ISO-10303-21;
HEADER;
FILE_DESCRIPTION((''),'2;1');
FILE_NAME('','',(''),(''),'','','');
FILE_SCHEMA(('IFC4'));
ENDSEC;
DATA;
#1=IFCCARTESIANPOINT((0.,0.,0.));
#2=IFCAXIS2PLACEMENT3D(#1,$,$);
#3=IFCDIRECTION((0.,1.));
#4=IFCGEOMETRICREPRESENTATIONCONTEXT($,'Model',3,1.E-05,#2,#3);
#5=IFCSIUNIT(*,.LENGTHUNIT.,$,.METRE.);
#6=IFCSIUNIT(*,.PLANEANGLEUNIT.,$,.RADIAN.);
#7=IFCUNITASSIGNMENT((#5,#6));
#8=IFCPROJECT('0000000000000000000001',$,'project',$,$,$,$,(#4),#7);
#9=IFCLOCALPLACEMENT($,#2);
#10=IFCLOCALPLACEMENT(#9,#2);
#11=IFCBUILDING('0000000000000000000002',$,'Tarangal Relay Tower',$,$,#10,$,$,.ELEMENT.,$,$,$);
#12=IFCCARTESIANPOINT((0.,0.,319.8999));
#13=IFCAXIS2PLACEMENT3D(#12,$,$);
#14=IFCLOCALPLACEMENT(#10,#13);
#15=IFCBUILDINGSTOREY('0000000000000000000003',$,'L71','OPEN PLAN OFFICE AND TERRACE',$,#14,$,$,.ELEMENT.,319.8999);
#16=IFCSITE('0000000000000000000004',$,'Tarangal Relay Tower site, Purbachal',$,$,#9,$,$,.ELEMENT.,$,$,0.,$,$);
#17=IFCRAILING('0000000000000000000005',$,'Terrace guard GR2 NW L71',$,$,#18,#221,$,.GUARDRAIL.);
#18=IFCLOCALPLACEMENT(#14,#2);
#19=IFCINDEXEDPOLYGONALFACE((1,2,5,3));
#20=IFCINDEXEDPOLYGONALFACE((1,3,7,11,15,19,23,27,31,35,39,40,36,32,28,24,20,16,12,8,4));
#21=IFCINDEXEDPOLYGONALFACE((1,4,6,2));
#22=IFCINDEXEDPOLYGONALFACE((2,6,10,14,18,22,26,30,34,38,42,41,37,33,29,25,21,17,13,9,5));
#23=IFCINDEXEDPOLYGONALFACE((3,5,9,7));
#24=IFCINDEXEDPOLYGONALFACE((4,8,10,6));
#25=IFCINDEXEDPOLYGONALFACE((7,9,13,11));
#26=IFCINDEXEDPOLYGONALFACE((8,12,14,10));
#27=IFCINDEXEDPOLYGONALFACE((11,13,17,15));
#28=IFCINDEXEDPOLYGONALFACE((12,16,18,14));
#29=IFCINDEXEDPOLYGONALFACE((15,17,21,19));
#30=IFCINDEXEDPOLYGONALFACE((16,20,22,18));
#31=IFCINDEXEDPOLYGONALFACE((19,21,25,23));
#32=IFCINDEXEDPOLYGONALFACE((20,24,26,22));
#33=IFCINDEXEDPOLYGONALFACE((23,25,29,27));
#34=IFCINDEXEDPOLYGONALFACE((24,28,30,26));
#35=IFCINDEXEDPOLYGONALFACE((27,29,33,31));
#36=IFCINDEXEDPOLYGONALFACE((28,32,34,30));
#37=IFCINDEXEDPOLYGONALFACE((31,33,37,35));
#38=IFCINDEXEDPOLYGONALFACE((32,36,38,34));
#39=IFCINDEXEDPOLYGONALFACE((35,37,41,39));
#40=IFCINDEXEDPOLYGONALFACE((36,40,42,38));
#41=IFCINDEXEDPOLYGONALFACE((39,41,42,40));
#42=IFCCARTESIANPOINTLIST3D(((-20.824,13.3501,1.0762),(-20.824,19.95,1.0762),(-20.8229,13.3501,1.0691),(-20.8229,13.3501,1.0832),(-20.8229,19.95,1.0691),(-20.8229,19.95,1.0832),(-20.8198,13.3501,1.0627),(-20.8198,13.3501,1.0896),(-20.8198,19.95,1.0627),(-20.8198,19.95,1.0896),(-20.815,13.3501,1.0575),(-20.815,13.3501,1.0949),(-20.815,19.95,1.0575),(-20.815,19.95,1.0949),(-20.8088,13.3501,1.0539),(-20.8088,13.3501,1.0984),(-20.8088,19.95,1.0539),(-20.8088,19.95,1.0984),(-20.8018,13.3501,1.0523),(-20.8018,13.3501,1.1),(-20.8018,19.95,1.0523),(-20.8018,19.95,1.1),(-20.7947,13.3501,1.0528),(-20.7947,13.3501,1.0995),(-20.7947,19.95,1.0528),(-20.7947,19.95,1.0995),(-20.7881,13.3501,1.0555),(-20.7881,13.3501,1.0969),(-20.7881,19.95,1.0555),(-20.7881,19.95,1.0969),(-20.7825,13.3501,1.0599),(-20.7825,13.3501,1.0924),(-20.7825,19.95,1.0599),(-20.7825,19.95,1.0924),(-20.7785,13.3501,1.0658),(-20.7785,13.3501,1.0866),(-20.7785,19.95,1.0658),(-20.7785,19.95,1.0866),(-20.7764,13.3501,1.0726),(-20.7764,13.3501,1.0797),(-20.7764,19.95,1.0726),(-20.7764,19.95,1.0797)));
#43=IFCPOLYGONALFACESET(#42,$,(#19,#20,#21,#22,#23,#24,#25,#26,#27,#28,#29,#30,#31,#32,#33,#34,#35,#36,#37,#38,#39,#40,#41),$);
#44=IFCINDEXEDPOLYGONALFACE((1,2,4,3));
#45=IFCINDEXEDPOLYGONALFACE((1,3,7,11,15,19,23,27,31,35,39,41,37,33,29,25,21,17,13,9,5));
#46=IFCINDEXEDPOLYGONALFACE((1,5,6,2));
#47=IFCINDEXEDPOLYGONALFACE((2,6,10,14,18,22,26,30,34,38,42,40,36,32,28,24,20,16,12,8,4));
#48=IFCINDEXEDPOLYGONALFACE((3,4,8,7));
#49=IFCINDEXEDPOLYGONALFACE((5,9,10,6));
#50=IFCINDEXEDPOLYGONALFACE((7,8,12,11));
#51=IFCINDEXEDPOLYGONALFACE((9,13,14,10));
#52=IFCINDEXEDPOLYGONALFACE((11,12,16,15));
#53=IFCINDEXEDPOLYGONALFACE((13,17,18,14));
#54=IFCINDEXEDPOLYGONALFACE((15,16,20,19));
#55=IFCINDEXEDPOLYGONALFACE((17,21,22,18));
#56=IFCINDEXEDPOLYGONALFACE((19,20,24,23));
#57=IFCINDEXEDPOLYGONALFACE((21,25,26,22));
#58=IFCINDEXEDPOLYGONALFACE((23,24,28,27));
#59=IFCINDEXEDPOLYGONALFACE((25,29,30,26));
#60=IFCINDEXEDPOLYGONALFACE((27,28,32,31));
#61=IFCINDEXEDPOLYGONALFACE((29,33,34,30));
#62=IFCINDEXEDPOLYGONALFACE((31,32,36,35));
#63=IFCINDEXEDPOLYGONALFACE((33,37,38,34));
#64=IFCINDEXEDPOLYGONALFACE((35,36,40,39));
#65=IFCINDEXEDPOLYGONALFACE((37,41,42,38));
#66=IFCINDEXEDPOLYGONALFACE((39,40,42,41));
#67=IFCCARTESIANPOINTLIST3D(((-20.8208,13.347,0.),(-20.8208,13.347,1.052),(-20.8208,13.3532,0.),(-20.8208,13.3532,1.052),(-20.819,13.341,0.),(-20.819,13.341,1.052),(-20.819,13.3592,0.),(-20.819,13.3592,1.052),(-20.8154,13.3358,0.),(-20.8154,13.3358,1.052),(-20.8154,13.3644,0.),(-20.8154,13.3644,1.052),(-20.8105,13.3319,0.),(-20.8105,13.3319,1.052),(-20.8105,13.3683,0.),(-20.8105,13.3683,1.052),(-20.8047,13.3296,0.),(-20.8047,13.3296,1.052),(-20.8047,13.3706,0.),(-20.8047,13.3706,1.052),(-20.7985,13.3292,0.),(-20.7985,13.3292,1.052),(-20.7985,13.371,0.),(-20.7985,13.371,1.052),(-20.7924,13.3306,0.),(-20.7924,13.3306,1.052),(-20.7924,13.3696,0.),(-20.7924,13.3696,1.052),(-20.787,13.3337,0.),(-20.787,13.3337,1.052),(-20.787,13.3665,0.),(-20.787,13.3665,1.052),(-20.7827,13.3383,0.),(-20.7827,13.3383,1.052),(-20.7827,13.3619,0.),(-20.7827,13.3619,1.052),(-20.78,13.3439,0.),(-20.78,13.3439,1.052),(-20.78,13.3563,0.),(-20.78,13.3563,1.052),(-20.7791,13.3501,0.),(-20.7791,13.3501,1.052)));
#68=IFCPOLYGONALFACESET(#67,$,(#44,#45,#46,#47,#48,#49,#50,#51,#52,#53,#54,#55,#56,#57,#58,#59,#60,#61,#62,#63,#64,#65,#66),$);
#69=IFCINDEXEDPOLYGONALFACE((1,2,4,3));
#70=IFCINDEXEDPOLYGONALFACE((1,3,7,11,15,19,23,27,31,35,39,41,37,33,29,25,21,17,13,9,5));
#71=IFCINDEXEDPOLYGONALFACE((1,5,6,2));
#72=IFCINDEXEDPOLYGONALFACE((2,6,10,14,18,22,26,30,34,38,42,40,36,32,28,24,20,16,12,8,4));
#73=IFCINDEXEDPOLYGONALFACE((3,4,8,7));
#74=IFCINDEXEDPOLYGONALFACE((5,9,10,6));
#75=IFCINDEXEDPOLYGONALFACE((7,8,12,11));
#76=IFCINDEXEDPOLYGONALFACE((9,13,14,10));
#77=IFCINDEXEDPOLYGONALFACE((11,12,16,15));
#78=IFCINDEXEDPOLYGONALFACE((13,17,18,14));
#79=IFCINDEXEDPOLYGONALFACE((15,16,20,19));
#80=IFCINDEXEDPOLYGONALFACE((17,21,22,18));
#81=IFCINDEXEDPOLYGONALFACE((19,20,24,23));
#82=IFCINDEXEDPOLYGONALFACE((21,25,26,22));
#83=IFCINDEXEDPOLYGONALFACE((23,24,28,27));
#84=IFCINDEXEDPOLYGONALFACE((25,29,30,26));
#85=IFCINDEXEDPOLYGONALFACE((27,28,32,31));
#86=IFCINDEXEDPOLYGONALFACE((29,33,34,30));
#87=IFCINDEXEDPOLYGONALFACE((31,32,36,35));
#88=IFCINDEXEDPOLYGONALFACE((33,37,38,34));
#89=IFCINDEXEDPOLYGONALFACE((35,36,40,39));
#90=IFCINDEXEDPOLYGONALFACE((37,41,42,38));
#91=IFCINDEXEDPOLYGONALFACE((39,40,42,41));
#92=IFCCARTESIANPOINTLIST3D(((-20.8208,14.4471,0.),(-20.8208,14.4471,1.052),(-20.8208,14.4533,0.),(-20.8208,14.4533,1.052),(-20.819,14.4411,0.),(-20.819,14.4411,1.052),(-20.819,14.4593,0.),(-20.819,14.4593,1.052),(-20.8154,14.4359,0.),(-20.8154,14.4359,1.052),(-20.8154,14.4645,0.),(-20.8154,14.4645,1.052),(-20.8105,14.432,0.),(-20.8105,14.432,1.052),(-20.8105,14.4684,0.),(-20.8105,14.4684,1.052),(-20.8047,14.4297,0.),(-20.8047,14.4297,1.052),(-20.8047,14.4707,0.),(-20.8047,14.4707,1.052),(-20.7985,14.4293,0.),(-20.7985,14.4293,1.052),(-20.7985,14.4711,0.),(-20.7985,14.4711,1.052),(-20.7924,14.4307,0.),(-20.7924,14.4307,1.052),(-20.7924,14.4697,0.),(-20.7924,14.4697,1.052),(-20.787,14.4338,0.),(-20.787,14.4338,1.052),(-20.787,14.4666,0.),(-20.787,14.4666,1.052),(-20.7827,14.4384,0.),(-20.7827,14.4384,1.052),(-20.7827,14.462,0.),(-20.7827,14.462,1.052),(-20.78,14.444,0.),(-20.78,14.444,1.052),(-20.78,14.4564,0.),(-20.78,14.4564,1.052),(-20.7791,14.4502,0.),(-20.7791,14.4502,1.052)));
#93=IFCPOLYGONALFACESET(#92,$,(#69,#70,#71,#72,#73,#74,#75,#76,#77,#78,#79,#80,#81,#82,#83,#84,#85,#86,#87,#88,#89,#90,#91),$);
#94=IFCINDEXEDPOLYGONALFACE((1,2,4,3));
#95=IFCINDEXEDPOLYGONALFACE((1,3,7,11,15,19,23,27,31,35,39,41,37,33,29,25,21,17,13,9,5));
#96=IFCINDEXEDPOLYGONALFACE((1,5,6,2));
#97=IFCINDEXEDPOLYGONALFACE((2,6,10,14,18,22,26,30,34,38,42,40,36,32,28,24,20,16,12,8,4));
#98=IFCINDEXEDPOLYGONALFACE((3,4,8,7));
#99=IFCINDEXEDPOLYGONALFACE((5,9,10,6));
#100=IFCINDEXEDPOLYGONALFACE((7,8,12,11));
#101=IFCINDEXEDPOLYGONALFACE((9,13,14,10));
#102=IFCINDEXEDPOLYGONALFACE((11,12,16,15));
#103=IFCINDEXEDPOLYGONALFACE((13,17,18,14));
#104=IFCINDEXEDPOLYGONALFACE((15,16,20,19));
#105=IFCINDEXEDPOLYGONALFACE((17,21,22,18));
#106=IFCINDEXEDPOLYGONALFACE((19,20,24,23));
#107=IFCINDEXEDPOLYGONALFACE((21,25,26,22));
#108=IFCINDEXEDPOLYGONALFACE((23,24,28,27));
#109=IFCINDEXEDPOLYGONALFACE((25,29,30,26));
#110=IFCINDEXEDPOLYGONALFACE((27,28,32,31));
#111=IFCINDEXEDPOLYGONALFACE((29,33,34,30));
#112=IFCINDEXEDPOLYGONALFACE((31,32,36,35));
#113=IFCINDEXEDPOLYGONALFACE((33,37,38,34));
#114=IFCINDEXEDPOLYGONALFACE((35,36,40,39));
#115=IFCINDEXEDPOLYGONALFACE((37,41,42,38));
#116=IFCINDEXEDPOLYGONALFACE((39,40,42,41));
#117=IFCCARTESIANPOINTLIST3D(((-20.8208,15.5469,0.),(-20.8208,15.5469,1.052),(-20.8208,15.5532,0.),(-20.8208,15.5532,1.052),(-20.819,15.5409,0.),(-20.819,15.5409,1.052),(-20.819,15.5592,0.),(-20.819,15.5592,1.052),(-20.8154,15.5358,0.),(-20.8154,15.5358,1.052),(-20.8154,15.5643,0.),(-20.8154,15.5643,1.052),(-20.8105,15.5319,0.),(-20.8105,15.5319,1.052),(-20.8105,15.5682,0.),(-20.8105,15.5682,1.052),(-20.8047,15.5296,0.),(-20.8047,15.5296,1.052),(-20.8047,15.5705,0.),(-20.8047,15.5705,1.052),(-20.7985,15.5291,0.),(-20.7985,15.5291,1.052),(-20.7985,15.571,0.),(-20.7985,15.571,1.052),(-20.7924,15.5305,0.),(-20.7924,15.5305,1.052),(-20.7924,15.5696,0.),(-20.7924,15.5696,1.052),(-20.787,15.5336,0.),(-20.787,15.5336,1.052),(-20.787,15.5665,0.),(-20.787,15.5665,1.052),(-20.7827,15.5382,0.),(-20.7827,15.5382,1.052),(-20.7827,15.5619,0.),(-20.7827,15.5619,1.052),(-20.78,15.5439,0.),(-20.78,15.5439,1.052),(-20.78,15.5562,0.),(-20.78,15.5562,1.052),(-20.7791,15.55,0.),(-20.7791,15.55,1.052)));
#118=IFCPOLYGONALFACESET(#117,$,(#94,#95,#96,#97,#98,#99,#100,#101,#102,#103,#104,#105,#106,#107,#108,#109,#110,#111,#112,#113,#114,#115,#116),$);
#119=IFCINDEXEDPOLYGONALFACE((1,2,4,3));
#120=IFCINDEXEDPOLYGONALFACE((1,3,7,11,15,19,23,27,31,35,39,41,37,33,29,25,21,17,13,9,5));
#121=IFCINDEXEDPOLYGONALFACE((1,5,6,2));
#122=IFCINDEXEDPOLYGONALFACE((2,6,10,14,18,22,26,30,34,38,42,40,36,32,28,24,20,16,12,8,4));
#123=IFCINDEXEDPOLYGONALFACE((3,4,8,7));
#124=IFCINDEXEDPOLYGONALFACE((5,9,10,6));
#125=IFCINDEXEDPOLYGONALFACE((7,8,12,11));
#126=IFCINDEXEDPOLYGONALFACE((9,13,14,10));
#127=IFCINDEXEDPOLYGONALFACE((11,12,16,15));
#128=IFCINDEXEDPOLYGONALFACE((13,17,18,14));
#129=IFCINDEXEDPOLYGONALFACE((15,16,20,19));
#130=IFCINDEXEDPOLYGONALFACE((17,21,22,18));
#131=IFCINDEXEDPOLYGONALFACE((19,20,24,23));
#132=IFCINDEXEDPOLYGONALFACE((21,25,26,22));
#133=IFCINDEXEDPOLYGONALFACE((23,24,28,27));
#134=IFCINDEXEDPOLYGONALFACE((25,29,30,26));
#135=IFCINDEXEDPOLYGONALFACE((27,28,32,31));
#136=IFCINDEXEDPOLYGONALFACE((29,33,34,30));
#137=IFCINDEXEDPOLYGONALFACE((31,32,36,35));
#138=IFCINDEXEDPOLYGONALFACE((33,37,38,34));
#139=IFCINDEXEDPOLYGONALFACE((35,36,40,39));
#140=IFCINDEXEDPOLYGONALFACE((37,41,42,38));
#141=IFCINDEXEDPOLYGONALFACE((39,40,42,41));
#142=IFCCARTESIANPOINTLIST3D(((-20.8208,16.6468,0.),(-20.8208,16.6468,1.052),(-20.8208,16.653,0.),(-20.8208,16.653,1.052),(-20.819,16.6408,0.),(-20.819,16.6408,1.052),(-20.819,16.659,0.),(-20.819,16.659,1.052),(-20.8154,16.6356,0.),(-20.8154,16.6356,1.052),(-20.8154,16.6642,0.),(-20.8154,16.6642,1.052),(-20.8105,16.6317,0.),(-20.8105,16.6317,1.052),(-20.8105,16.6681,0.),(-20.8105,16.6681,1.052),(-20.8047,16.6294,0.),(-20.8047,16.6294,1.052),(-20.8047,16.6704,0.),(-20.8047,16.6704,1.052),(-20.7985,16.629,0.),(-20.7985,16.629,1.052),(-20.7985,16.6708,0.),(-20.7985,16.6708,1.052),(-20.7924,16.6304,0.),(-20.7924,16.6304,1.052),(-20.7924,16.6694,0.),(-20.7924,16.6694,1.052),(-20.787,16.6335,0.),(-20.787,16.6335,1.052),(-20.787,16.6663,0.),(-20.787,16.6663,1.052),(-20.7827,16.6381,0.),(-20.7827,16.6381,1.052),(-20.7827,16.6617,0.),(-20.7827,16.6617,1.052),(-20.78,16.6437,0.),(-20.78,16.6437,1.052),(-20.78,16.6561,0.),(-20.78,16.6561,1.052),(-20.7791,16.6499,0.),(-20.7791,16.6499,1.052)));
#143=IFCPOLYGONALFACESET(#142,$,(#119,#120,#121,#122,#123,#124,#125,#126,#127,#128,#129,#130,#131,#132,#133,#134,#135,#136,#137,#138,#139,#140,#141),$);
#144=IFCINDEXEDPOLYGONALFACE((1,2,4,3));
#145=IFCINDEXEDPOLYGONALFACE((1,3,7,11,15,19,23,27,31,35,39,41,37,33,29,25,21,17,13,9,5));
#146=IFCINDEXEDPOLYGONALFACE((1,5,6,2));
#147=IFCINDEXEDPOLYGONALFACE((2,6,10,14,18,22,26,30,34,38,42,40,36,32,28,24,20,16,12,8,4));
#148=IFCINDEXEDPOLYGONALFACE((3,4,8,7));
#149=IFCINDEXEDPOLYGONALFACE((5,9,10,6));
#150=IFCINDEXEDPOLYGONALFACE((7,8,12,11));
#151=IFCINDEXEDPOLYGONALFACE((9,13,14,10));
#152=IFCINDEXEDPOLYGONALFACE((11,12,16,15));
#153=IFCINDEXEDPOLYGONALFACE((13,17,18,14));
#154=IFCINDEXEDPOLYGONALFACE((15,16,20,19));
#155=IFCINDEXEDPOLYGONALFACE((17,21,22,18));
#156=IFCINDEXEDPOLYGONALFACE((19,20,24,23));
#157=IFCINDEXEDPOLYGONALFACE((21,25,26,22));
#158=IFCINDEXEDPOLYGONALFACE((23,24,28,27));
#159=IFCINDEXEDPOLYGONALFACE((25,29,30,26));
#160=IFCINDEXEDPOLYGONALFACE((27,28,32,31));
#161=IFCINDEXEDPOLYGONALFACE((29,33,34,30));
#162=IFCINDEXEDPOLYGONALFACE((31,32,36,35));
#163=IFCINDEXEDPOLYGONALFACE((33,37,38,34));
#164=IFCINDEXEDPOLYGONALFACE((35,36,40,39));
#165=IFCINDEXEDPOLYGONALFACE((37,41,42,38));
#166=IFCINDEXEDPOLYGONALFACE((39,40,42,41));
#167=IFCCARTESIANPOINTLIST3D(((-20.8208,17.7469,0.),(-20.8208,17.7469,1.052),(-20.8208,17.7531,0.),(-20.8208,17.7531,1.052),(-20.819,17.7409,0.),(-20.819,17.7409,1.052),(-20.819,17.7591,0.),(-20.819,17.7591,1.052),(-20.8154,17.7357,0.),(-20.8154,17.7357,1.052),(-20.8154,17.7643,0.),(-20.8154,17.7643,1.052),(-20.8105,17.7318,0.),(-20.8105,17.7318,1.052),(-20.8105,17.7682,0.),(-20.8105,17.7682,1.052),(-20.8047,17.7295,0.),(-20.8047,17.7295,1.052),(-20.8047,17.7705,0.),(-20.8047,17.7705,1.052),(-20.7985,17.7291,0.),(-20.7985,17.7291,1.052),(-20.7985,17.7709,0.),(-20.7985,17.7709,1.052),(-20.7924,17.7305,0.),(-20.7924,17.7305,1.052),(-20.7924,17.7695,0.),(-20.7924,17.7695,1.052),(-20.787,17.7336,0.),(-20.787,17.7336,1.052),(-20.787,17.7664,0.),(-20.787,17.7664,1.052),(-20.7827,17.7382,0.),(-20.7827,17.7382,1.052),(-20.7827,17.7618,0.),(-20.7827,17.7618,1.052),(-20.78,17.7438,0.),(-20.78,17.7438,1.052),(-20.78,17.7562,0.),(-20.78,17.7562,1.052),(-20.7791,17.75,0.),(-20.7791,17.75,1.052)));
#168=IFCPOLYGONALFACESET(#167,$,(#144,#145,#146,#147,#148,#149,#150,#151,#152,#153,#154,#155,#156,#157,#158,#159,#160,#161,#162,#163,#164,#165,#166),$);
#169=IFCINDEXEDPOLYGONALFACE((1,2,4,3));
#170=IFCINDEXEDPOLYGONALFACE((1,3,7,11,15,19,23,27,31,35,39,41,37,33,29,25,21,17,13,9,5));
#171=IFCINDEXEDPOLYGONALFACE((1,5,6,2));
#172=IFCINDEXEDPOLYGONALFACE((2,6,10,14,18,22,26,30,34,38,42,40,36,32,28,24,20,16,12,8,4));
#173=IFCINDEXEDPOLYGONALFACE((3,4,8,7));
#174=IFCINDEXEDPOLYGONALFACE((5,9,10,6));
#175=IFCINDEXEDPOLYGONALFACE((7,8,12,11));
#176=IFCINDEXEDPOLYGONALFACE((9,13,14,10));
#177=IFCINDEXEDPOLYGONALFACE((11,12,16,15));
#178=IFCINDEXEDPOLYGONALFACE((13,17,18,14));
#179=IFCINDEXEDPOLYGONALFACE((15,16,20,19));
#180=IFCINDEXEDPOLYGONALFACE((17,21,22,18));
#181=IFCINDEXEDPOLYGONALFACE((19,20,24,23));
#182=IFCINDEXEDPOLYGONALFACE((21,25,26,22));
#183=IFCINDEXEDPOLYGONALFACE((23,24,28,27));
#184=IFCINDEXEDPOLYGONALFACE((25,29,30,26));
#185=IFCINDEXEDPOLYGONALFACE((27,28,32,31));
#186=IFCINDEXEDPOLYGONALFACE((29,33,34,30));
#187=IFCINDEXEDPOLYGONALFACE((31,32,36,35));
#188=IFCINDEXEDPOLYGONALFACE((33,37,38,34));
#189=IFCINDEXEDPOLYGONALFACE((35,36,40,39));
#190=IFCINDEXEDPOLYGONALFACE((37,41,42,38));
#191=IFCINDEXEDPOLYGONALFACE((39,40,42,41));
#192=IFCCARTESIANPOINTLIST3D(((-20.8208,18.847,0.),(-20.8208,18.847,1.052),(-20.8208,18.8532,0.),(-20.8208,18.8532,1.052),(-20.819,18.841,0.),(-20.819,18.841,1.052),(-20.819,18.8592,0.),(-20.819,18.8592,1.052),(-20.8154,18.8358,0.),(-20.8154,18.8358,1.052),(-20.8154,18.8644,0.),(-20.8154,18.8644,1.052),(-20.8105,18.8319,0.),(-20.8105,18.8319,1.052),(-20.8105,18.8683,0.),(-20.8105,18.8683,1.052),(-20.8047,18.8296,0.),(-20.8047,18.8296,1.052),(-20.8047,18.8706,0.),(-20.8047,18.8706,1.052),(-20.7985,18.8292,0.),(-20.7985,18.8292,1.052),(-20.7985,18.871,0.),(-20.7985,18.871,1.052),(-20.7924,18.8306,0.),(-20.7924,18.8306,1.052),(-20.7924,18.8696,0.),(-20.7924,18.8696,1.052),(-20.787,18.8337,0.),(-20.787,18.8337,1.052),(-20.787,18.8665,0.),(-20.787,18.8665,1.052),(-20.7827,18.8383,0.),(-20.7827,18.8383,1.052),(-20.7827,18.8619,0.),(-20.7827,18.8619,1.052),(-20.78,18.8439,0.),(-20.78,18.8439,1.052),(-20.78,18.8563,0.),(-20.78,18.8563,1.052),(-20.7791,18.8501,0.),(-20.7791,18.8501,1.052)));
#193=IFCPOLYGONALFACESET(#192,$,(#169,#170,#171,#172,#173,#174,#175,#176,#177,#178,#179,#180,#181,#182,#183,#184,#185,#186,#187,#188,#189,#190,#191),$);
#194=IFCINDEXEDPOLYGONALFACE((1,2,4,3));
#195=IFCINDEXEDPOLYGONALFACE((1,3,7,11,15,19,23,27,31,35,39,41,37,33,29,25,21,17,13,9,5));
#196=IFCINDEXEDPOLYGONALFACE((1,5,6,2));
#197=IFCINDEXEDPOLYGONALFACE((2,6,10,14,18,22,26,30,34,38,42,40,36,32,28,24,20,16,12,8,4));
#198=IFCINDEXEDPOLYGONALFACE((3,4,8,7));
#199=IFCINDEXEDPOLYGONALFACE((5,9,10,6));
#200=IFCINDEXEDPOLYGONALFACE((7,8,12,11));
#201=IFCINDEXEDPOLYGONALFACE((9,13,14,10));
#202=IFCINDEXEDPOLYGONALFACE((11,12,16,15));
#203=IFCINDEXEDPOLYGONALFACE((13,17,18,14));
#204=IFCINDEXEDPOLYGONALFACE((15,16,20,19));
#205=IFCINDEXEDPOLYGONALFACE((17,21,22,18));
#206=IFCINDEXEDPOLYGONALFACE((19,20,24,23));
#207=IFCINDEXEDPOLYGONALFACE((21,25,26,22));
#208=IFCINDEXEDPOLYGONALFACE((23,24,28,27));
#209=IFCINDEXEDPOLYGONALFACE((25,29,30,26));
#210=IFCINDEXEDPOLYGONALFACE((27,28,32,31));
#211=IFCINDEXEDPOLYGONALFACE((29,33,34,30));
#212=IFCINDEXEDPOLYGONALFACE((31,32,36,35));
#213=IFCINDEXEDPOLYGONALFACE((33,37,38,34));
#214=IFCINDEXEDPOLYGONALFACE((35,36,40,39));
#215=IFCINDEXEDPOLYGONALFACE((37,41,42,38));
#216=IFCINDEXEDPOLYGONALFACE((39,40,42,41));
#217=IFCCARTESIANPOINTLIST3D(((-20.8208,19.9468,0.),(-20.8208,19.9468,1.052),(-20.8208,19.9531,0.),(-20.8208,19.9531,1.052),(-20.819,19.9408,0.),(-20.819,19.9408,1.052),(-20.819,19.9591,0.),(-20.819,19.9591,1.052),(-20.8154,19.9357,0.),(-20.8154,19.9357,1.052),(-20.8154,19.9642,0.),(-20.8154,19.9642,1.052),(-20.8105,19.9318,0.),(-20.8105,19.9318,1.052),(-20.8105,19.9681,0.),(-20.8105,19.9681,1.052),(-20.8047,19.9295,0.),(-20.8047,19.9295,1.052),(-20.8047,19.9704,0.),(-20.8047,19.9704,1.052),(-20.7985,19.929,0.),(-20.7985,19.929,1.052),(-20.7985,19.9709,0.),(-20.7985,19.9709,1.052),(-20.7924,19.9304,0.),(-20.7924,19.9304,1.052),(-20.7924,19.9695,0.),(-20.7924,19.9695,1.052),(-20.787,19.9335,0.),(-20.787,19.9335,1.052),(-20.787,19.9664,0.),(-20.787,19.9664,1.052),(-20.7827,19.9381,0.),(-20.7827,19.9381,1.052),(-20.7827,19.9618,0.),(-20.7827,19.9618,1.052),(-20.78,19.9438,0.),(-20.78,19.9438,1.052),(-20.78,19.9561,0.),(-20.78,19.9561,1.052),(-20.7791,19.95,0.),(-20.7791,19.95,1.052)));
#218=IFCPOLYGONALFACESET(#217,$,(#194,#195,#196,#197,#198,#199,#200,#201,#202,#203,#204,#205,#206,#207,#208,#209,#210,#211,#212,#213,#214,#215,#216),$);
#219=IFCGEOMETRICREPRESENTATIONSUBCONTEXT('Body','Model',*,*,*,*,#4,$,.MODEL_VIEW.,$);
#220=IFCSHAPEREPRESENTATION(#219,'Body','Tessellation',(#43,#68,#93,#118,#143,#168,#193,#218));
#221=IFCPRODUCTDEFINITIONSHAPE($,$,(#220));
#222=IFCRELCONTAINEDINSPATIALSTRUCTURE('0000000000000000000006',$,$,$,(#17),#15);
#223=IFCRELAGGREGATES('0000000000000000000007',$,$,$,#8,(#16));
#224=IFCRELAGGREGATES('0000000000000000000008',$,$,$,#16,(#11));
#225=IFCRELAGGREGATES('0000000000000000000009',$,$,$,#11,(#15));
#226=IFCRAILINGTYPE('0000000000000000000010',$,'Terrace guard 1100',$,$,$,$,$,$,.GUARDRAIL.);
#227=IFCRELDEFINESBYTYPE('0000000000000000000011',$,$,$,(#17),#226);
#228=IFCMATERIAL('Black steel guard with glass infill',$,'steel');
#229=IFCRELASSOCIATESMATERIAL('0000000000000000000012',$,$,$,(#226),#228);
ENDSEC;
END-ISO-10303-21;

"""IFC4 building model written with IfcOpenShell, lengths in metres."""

from ifc_helpers import new_model, si_unit, direction, frame, origin, origin_2d, place, context, subcontext, project, spatial, circle, extrude, material, type_object, element, save


model = new_model("IFC4")

# Units and contexts
model_context = context("Model", 3, precision=1e-05, world=origin(), true_north=direction((0.0, 1.0)))
body_context = subcontext(model_context, "Body", "Model", "MODEL_VIEW")
ifc_project = project(units=[si_unit("LENGTHUNIT", "METRE"), si_unit("PLANEANGLEUNIT", "RADIAN")], contexts=[model_context])

# Site, building, storey
site_placement = place(None, origin())
site = spatial("IfcSite", under=ifc_project, at=site_placement, Name="Tarangal Relay Tower site, Purbachal", CompositionType="ELEMENT", RefElevation=0.0)
building_placement = place(site_placement, origin())
building = spatial("IfcBuilding", under=site, at=building_placement, Name="Tarangal Relay Tower", CompositionType="ELEMENT")
storey_placement = place(building_placement, frame((0.0, 0.0, 319.8999)))
storey = spatial("IfcBuildingStorey", under=building, at=storey_placement, Name="L71", Description="OPEN PLAN OFFICE AND TERRACE", CompositionType="ELEMENT", Elevation=319.8999)

# Railing
ifc_material_1 = material(Name="Black steel guard with glass infill", Category="steel")
railing_type = type_object("IfcRailingType", Name="Terrace guard 1100", PredefinedType="GUARDRAIL", material=ifc_material_1)
railing_1_placement = place(storey_placement, frame((-20.8, 13.3501, 0.0)))
element("IfcRailing", 1, at=railing_1_placement, inside=storey, type_object=railing_type, Name="Terrace guard GR2 NW L71", PredefinedType="GUARDRAIL", context=body_context, shape_type="SweptSolid", body=[
    extrude(circle(Radius=0.0239, at=origin_2d()), frame((0.0, 0.0, 1.0762), z_axis=(0.0, 1.0, 0.0), x_axis=(-1.0, 0.0, 0.0)), (0.0, 0.0, 1.0), 6.5999),
    extrude(circle(Radius=0.021, at=origin_2d()), origin(), (0.0, 0.0, 1.0), 1.052),
    extrude(circle(Radius=0.021, at=origin_2d()), frame((0.0, 1.1001, 0.0)), (0.0, 0.0, 1.0), 1.052),
    extrude(circle(Radius=0.021, at=origin_2d()), frame((0.0, 2.2, 0.0)), (0.0, 0.0, 1.0), 1.052),
    extrude(circle(Radius=0.021, at=origin_2d()), frame((0.0, 3.2998, 0.0)), (0.0, 0.0, 1.0), 1.052),
    extrude(circle(Radius=0.021, at=origin_2d()), frame((0.0, 4.3999, 0.0)), (0.0, 0.0, 1.0), 1.052),
    extrude(circle(Radius=0.021, at=origin_2d()), frame((0.0, 5.5, 0.0)), (0.0, 0.0, 1.0), 1.052),
    extrude(circle(Radius=0.021, at=origin_2d()), frame((0.0, 6.5999, 0.0)), (0.0, 0.0, 1.0), 1.052),
])

save(model, "model.ifc")
